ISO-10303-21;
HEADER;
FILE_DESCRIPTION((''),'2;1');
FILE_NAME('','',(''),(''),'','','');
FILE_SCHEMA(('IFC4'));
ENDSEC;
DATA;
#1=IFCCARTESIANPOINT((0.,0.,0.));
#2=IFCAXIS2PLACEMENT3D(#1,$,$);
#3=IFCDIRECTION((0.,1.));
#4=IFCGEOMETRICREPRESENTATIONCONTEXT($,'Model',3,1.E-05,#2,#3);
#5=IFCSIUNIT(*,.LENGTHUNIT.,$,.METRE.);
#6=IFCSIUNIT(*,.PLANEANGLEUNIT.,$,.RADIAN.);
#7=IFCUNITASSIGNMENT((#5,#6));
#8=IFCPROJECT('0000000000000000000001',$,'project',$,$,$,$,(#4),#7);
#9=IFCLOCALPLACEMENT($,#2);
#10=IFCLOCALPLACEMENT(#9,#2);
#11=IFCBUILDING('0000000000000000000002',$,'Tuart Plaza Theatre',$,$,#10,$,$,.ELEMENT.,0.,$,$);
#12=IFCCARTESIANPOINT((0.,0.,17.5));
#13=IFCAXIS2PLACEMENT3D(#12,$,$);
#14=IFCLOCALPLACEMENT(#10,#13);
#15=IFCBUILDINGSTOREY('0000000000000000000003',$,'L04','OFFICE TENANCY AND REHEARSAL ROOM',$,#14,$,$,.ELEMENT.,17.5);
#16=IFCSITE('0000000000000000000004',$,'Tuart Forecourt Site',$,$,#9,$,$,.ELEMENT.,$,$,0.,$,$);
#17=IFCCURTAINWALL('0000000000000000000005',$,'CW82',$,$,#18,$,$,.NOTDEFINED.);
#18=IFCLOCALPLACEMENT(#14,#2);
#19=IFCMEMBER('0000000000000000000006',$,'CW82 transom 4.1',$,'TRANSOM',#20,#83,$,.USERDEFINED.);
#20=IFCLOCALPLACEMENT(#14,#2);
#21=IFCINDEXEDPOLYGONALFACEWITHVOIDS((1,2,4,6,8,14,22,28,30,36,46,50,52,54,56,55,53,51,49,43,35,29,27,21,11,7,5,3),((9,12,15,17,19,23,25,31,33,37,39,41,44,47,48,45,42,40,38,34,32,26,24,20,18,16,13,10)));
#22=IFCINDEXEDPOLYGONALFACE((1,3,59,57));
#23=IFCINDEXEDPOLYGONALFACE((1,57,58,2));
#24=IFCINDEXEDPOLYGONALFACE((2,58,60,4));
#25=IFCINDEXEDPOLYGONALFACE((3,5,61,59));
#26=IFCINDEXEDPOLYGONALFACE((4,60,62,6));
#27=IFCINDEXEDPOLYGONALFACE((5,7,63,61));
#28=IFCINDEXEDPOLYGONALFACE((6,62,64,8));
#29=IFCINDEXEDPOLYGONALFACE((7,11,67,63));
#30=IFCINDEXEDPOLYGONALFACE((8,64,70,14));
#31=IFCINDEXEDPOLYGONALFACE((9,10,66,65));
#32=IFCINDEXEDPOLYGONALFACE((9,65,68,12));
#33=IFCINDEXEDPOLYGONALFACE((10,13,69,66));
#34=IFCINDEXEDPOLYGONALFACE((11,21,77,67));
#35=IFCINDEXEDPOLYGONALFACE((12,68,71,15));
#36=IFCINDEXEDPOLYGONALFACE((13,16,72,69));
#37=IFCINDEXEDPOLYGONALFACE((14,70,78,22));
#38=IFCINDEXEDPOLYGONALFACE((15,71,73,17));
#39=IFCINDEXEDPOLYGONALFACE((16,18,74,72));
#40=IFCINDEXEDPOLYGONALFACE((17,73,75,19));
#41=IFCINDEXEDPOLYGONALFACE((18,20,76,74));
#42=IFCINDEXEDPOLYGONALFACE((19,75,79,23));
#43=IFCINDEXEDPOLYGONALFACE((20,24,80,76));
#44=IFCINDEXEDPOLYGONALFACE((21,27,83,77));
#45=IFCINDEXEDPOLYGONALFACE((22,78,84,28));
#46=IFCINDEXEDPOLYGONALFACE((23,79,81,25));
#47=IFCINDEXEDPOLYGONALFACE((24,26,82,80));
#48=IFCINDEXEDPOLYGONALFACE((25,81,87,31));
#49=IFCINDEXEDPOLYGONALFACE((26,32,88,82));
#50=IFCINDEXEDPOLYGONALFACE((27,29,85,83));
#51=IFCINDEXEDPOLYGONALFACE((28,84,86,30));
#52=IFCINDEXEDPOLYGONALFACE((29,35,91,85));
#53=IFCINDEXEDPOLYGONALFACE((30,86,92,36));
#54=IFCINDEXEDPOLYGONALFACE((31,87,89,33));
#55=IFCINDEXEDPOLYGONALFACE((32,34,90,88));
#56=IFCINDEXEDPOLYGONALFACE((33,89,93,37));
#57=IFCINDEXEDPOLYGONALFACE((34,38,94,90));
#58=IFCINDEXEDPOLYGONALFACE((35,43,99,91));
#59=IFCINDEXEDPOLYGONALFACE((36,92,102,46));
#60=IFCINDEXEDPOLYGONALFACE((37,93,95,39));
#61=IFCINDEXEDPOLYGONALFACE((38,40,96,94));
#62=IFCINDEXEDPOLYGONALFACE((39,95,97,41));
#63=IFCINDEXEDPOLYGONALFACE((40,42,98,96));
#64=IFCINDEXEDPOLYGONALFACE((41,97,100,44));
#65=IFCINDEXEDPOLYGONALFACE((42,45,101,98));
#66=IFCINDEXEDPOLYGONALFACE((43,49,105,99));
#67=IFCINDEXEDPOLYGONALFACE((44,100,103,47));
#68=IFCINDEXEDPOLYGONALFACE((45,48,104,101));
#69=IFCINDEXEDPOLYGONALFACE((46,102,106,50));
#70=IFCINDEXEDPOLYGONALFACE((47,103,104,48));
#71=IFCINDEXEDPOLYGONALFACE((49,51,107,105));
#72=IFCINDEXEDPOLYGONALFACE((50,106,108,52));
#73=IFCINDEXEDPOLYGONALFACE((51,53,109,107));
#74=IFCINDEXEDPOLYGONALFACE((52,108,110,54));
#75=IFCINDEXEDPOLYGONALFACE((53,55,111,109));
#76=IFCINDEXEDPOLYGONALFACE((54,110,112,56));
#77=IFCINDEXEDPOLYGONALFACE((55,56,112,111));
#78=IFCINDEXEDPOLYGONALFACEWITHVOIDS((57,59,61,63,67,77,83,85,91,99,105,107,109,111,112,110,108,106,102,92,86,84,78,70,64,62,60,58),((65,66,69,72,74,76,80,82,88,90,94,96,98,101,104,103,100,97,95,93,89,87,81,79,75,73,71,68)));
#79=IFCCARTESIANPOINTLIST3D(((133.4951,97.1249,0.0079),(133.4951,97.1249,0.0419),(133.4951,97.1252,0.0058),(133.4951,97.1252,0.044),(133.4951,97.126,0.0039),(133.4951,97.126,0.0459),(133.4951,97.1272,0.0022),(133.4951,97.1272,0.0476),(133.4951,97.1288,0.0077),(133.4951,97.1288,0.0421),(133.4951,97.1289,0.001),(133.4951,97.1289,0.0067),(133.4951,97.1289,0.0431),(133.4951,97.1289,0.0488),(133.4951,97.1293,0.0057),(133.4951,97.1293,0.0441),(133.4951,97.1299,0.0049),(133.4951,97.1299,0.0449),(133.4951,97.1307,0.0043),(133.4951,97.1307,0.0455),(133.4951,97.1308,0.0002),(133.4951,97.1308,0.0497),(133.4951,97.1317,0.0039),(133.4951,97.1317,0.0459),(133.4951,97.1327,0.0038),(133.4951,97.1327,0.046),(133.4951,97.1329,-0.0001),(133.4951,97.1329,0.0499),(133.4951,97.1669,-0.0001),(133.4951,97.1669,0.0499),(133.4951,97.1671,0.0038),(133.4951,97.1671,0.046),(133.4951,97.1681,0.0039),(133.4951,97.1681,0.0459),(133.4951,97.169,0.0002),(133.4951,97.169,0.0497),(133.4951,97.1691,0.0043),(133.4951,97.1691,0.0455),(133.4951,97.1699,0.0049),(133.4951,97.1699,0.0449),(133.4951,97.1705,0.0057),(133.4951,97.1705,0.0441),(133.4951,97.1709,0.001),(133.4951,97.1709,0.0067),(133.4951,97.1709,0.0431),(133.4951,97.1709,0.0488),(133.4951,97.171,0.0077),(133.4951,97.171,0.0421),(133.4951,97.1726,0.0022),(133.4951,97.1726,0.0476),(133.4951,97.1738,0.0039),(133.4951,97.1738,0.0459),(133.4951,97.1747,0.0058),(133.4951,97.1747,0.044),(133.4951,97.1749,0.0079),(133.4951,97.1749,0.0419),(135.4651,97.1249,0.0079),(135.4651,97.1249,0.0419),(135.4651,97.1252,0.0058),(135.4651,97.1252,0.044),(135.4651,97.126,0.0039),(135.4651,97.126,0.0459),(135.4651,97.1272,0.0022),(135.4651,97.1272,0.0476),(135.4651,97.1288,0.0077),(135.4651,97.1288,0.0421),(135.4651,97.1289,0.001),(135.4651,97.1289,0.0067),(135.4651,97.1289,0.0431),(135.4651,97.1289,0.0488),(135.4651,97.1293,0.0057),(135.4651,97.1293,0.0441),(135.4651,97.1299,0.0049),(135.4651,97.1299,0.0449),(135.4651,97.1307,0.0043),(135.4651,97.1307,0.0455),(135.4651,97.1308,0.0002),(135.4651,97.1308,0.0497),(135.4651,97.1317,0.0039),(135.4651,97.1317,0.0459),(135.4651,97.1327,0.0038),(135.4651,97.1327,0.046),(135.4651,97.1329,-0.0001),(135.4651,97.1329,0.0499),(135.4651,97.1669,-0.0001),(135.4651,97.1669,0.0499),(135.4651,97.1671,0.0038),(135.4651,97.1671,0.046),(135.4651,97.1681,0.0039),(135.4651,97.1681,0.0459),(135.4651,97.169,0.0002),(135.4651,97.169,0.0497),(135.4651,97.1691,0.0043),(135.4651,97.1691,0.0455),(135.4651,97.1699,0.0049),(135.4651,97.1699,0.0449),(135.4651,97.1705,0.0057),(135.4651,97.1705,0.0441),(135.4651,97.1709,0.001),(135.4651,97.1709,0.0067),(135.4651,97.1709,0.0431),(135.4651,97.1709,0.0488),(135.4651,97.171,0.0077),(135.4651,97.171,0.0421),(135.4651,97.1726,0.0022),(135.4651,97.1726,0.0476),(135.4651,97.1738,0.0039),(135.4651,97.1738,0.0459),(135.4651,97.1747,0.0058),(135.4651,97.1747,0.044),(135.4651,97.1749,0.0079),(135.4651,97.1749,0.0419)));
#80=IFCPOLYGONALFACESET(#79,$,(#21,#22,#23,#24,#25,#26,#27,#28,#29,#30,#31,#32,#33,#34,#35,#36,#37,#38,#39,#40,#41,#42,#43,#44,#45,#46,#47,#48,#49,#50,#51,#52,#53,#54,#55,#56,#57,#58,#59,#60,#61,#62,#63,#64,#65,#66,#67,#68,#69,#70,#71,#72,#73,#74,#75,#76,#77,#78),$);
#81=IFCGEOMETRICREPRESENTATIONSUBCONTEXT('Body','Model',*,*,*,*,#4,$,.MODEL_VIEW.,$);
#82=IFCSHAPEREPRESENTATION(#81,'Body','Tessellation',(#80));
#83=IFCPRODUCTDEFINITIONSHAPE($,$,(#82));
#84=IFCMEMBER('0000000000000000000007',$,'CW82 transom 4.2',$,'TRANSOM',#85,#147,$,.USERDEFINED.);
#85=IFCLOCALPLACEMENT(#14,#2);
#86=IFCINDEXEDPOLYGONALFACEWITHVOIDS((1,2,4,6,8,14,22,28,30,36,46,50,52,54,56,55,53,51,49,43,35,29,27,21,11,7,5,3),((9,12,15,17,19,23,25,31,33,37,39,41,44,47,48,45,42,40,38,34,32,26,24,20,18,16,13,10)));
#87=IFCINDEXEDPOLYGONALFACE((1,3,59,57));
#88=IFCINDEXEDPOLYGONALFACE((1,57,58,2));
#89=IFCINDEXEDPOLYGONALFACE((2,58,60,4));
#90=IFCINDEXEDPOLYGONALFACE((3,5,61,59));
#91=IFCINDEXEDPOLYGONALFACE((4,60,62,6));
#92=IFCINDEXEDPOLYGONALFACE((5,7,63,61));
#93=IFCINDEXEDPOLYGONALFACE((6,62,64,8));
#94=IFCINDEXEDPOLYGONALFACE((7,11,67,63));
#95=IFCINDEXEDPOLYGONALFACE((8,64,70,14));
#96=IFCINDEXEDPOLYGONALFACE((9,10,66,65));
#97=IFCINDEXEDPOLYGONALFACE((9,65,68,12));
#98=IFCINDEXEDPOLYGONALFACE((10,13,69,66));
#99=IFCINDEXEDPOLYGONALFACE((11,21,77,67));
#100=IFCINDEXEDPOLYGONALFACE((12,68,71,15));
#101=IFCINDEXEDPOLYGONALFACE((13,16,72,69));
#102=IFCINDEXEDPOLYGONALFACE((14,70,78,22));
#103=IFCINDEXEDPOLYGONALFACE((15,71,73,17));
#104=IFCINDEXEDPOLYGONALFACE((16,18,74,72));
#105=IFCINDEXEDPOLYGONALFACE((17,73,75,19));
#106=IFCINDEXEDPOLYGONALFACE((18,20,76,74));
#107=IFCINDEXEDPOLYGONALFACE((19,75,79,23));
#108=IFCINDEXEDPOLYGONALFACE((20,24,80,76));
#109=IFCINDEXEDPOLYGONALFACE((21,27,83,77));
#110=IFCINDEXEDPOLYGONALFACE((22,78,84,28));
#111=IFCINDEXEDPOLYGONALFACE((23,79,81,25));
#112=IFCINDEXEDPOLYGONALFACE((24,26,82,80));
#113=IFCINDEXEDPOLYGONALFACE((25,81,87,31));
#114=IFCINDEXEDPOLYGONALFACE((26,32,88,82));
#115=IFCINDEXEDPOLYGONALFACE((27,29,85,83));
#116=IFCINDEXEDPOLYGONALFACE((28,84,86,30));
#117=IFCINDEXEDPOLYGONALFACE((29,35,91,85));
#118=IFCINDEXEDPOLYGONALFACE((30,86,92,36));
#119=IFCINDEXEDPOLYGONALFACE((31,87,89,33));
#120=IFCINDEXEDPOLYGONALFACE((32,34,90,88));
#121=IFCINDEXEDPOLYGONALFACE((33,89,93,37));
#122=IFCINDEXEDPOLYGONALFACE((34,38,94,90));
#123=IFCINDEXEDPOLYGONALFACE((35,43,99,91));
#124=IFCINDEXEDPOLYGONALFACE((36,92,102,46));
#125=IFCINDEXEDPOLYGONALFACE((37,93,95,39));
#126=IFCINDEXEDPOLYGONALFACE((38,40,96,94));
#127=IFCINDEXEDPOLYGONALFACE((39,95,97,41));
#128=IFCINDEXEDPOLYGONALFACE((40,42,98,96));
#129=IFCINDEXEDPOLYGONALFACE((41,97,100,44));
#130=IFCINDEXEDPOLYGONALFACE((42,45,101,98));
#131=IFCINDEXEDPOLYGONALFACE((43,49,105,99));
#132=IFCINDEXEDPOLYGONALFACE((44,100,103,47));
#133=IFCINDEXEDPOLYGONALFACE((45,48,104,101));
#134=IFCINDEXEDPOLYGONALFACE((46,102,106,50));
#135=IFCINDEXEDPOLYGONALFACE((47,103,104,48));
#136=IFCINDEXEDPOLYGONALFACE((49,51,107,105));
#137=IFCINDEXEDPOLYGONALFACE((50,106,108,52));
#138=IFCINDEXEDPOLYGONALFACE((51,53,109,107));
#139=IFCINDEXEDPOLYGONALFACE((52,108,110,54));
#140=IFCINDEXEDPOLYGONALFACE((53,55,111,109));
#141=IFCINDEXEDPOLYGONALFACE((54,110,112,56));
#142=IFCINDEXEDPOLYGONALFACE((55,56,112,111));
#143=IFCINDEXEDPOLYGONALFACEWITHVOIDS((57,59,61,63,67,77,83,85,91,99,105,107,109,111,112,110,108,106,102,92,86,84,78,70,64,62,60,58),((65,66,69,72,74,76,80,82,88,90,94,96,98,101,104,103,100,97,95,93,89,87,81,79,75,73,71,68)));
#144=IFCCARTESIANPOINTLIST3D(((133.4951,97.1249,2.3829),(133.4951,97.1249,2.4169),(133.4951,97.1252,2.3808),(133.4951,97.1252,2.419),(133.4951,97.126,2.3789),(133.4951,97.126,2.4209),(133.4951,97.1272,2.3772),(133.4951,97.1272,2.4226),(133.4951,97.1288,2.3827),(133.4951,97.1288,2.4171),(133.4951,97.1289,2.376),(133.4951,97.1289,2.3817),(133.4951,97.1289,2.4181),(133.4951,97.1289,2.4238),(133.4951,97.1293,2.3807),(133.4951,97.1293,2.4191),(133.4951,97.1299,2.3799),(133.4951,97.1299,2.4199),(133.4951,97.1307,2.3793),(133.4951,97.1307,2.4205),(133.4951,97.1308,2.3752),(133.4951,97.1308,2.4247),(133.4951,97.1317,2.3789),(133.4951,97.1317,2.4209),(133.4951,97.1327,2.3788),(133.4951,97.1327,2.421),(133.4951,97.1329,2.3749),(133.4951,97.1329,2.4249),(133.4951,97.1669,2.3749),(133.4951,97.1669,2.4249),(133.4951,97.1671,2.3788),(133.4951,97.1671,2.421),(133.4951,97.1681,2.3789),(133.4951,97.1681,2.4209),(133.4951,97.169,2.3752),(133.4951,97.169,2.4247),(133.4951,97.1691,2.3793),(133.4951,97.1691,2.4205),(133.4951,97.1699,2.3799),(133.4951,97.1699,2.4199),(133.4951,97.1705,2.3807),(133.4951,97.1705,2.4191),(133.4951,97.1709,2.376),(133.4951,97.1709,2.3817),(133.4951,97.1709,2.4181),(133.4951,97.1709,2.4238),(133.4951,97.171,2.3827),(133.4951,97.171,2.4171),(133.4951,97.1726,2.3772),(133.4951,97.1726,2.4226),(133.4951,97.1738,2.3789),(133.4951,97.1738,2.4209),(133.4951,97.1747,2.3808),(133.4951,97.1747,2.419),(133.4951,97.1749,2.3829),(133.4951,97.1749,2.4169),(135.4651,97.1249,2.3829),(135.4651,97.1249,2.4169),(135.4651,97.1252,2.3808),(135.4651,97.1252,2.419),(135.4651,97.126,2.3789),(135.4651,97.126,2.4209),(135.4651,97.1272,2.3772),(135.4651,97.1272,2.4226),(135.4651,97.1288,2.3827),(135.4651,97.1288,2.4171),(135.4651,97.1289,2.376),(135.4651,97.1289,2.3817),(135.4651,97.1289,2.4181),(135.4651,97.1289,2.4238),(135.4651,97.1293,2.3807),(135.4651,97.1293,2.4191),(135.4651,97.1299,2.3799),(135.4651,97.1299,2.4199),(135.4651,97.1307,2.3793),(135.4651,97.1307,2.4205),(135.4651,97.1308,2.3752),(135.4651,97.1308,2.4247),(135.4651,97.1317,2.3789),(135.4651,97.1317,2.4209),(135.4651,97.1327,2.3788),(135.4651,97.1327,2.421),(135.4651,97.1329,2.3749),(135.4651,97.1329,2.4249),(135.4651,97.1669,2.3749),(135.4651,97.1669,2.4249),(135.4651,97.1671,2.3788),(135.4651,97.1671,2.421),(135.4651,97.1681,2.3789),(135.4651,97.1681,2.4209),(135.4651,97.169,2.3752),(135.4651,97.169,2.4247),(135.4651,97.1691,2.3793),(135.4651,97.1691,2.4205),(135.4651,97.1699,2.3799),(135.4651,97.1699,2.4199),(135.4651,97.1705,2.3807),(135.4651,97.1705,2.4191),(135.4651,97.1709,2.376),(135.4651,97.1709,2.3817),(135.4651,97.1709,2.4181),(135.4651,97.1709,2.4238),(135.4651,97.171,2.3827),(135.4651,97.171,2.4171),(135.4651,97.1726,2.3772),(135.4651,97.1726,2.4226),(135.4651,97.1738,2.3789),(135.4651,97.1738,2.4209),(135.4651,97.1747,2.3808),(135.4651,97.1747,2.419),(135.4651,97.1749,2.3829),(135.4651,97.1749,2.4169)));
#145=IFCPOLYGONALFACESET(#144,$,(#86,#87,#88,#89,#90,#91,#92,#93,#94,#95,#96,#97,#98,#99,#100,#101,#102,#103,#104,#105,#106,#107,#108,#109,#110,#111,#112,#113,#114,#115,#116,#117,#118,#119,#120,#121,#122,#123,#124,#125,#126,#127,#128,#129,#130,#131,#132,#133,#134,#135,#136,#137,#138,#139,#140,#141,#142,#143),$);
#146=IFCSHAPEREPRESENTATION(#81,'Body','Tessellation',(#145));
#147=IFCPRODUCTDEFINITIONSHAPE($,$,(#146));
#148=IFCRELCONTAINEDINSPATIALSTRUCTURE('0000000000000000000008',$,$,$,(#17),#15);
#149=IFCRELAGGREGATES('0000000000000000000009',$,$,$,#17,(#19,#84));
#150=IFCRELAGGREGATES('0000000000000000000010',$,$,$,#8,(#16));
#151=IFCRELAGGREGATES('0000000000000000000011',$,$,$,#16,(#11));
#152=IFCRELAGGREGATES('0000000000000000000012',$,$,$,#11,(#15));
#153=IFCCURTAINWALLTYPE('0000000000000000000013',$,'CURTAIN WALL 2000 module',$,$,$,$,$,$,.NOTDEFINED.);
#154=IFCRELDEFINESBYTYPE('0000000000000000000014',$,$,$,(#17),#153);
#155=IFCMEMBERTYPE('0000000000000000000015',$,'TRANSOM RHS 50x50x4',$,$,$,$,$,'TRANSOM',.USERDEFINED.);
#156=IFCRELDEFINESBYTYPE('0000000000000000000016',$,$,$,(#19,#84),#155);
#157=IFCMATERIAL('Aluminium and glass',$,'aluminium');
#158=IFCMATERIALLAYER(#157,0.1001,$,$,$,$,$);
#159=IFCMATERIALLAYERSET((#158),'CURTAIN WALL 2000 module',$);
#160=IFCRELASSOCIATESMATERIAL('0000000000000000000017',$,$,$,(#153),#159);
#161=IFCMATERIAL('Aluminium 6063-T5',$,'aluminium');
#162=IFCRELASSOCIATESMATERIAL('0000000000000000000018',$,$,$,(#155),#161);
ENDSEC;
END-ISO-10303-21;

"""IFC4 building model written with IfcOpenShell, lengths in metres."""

from ifc_helpers import new_model, si_unit, direction, frame, origin, origin_2d, place, context, subcontext, project, spatial, hollow_rectangle, extrude, material, layer, layer_set, material_profile, profile_set, type_object, element, aggregate, save


model = new_model("IFC4")

# Units and contexts
model_context = context("Model", 3, precision=1e-05, world=origin(), true_north=direction((0.0, 1.0)))
body_context = subcontext(model_context, "Body", "Model", "MODEL_VIEW")
ifc_project = project(units=[si_unit("LENGTHUNIT", "METRE"), si_unit("PLANEANGLEUNIT", "RADIAN")], contexts=[model_context])

# Site, building, storey
site_placement = place(None, origin())
site = spatial("IfcSite", under=ifc_project, at=site_placement, Name="Tuart Forecourt Site", CompositionType="ELEMENT", RefElevation=0.0)
building_placement = place(site_placement, origin())
building = spatial("IfcBuilding", under=site, at=building_placement, Name="Tuart Plaza Theatre", CompositionType="ELEMENT", ElevationOfRefHeight=0.0)
storey_placement = place(building_placement, frame((0.0, 0.0, 17.5)))
storey = spatial("IfcBuildingStorey", under=building, at=storey_placement, Name="L04", Description="OFFICE TENANCY AND REHEARSAL ROOM", CompositionType="ELEMENT", Elevation=17.5)

# Curtain wall
ifc_material_1 = material(Name="Aluminium and glass", Category="aluminium")
ifc_layer_1 = layer(ifc_material_1, 0.1001)
ifc_layer_set_1 = layer_set([ifc_layer_1], Name="CURTAIN WALL 2000 module")
curtain_wall_type_1 = type_object("IfcCurtainWallType", Name="CURTAIN WALL 2000 module", PredefinedType="NOTDEFINED", material=ifc_layer_set_1)
curtain_wall_1_placement = place(storey_placement, origin())
curtain_wall_1 = element("IfcCurtainWall", 1, at=curtain_wall_1_placement, inside=storey, type_object=curtain_wall_type_1, Name="CW82", PredefinedType="NOTDEFINED")

# Members
ifc_material_2 = material(Name="Aluminium 6063-T5", Category="aluminium")
ifc_material_profile_1 = material_profile(ifc_material_2, hollow_rectangle(XDim=0.05, YDim=0.05, WallThickness=0.0039, InnerFilletRadius=0.0039, OuterFilletRadius=0.0081, at=origin_2d()), Name="RHS 50x50x4")
ifc_profile_set_1 = profile_set([ifc_material_profile_1], Name="Aluminium 6063-T5")
member_type_1 = type_object("IfcMemberType", Name="TRANSOM RHS 50x50x4", ElementType="TRANSOM", PredefinedType="USERDEFINED", material=ifc_profile_set_1)
member_1_placement = place(storey_placement, frame((135.4651, 97.1499, 0.0249), z_axis=(-1.0, 0.0, 0.0), x_axis=(0.0, -1.0, 0.0)))
member_1 = element("IfcMember", 2, at=member_1_placement, type_object=member_type_1, Name="CW82 transom 4.1", ObjectType="TRANSOM", PredefinedType="USERDEFINED", context=body_context, shape_type="SweptSolid", body=[
    extrude(hollow_rectangle(XDim=0.05, YDim=0.05, WallThickness=0.0039, InnerFilletRadius=0.0039, OuterFilletRadius=0.0081, at=origin_2d()), origin(), (0.0, 0.0, 1.0), 1.97),
])
member_2_placement = place(storey_placement, frame((135.4651, 97.1499, 2.3999), z_axis=(-1.0, 0.0, 0.0), x_axis=(0.0, -1.0, 0.0)))
member_2 = element("IfcMember", 3, at=member_2_placement, type_object=member_type_1, Name="CW82 transom 4.2", ObjectType="TRANSOM", PredefinedType="USERDEFINED", context=body_context, shape_type="SweptSolid", body=[
    extrude(hollow_rectangle(XDim=0.05, YDim=0.05, WallThickness=0.0039, InnerFilletRadius=0.0039, OuterFilletRadius=0.0081, at=origin_2d()), origin(), (0.0, 0.0, 1.0), 1.97),
])

aggregate(curtain_wall_1, [member_1, member_2])

save(model, "model.ifc")
